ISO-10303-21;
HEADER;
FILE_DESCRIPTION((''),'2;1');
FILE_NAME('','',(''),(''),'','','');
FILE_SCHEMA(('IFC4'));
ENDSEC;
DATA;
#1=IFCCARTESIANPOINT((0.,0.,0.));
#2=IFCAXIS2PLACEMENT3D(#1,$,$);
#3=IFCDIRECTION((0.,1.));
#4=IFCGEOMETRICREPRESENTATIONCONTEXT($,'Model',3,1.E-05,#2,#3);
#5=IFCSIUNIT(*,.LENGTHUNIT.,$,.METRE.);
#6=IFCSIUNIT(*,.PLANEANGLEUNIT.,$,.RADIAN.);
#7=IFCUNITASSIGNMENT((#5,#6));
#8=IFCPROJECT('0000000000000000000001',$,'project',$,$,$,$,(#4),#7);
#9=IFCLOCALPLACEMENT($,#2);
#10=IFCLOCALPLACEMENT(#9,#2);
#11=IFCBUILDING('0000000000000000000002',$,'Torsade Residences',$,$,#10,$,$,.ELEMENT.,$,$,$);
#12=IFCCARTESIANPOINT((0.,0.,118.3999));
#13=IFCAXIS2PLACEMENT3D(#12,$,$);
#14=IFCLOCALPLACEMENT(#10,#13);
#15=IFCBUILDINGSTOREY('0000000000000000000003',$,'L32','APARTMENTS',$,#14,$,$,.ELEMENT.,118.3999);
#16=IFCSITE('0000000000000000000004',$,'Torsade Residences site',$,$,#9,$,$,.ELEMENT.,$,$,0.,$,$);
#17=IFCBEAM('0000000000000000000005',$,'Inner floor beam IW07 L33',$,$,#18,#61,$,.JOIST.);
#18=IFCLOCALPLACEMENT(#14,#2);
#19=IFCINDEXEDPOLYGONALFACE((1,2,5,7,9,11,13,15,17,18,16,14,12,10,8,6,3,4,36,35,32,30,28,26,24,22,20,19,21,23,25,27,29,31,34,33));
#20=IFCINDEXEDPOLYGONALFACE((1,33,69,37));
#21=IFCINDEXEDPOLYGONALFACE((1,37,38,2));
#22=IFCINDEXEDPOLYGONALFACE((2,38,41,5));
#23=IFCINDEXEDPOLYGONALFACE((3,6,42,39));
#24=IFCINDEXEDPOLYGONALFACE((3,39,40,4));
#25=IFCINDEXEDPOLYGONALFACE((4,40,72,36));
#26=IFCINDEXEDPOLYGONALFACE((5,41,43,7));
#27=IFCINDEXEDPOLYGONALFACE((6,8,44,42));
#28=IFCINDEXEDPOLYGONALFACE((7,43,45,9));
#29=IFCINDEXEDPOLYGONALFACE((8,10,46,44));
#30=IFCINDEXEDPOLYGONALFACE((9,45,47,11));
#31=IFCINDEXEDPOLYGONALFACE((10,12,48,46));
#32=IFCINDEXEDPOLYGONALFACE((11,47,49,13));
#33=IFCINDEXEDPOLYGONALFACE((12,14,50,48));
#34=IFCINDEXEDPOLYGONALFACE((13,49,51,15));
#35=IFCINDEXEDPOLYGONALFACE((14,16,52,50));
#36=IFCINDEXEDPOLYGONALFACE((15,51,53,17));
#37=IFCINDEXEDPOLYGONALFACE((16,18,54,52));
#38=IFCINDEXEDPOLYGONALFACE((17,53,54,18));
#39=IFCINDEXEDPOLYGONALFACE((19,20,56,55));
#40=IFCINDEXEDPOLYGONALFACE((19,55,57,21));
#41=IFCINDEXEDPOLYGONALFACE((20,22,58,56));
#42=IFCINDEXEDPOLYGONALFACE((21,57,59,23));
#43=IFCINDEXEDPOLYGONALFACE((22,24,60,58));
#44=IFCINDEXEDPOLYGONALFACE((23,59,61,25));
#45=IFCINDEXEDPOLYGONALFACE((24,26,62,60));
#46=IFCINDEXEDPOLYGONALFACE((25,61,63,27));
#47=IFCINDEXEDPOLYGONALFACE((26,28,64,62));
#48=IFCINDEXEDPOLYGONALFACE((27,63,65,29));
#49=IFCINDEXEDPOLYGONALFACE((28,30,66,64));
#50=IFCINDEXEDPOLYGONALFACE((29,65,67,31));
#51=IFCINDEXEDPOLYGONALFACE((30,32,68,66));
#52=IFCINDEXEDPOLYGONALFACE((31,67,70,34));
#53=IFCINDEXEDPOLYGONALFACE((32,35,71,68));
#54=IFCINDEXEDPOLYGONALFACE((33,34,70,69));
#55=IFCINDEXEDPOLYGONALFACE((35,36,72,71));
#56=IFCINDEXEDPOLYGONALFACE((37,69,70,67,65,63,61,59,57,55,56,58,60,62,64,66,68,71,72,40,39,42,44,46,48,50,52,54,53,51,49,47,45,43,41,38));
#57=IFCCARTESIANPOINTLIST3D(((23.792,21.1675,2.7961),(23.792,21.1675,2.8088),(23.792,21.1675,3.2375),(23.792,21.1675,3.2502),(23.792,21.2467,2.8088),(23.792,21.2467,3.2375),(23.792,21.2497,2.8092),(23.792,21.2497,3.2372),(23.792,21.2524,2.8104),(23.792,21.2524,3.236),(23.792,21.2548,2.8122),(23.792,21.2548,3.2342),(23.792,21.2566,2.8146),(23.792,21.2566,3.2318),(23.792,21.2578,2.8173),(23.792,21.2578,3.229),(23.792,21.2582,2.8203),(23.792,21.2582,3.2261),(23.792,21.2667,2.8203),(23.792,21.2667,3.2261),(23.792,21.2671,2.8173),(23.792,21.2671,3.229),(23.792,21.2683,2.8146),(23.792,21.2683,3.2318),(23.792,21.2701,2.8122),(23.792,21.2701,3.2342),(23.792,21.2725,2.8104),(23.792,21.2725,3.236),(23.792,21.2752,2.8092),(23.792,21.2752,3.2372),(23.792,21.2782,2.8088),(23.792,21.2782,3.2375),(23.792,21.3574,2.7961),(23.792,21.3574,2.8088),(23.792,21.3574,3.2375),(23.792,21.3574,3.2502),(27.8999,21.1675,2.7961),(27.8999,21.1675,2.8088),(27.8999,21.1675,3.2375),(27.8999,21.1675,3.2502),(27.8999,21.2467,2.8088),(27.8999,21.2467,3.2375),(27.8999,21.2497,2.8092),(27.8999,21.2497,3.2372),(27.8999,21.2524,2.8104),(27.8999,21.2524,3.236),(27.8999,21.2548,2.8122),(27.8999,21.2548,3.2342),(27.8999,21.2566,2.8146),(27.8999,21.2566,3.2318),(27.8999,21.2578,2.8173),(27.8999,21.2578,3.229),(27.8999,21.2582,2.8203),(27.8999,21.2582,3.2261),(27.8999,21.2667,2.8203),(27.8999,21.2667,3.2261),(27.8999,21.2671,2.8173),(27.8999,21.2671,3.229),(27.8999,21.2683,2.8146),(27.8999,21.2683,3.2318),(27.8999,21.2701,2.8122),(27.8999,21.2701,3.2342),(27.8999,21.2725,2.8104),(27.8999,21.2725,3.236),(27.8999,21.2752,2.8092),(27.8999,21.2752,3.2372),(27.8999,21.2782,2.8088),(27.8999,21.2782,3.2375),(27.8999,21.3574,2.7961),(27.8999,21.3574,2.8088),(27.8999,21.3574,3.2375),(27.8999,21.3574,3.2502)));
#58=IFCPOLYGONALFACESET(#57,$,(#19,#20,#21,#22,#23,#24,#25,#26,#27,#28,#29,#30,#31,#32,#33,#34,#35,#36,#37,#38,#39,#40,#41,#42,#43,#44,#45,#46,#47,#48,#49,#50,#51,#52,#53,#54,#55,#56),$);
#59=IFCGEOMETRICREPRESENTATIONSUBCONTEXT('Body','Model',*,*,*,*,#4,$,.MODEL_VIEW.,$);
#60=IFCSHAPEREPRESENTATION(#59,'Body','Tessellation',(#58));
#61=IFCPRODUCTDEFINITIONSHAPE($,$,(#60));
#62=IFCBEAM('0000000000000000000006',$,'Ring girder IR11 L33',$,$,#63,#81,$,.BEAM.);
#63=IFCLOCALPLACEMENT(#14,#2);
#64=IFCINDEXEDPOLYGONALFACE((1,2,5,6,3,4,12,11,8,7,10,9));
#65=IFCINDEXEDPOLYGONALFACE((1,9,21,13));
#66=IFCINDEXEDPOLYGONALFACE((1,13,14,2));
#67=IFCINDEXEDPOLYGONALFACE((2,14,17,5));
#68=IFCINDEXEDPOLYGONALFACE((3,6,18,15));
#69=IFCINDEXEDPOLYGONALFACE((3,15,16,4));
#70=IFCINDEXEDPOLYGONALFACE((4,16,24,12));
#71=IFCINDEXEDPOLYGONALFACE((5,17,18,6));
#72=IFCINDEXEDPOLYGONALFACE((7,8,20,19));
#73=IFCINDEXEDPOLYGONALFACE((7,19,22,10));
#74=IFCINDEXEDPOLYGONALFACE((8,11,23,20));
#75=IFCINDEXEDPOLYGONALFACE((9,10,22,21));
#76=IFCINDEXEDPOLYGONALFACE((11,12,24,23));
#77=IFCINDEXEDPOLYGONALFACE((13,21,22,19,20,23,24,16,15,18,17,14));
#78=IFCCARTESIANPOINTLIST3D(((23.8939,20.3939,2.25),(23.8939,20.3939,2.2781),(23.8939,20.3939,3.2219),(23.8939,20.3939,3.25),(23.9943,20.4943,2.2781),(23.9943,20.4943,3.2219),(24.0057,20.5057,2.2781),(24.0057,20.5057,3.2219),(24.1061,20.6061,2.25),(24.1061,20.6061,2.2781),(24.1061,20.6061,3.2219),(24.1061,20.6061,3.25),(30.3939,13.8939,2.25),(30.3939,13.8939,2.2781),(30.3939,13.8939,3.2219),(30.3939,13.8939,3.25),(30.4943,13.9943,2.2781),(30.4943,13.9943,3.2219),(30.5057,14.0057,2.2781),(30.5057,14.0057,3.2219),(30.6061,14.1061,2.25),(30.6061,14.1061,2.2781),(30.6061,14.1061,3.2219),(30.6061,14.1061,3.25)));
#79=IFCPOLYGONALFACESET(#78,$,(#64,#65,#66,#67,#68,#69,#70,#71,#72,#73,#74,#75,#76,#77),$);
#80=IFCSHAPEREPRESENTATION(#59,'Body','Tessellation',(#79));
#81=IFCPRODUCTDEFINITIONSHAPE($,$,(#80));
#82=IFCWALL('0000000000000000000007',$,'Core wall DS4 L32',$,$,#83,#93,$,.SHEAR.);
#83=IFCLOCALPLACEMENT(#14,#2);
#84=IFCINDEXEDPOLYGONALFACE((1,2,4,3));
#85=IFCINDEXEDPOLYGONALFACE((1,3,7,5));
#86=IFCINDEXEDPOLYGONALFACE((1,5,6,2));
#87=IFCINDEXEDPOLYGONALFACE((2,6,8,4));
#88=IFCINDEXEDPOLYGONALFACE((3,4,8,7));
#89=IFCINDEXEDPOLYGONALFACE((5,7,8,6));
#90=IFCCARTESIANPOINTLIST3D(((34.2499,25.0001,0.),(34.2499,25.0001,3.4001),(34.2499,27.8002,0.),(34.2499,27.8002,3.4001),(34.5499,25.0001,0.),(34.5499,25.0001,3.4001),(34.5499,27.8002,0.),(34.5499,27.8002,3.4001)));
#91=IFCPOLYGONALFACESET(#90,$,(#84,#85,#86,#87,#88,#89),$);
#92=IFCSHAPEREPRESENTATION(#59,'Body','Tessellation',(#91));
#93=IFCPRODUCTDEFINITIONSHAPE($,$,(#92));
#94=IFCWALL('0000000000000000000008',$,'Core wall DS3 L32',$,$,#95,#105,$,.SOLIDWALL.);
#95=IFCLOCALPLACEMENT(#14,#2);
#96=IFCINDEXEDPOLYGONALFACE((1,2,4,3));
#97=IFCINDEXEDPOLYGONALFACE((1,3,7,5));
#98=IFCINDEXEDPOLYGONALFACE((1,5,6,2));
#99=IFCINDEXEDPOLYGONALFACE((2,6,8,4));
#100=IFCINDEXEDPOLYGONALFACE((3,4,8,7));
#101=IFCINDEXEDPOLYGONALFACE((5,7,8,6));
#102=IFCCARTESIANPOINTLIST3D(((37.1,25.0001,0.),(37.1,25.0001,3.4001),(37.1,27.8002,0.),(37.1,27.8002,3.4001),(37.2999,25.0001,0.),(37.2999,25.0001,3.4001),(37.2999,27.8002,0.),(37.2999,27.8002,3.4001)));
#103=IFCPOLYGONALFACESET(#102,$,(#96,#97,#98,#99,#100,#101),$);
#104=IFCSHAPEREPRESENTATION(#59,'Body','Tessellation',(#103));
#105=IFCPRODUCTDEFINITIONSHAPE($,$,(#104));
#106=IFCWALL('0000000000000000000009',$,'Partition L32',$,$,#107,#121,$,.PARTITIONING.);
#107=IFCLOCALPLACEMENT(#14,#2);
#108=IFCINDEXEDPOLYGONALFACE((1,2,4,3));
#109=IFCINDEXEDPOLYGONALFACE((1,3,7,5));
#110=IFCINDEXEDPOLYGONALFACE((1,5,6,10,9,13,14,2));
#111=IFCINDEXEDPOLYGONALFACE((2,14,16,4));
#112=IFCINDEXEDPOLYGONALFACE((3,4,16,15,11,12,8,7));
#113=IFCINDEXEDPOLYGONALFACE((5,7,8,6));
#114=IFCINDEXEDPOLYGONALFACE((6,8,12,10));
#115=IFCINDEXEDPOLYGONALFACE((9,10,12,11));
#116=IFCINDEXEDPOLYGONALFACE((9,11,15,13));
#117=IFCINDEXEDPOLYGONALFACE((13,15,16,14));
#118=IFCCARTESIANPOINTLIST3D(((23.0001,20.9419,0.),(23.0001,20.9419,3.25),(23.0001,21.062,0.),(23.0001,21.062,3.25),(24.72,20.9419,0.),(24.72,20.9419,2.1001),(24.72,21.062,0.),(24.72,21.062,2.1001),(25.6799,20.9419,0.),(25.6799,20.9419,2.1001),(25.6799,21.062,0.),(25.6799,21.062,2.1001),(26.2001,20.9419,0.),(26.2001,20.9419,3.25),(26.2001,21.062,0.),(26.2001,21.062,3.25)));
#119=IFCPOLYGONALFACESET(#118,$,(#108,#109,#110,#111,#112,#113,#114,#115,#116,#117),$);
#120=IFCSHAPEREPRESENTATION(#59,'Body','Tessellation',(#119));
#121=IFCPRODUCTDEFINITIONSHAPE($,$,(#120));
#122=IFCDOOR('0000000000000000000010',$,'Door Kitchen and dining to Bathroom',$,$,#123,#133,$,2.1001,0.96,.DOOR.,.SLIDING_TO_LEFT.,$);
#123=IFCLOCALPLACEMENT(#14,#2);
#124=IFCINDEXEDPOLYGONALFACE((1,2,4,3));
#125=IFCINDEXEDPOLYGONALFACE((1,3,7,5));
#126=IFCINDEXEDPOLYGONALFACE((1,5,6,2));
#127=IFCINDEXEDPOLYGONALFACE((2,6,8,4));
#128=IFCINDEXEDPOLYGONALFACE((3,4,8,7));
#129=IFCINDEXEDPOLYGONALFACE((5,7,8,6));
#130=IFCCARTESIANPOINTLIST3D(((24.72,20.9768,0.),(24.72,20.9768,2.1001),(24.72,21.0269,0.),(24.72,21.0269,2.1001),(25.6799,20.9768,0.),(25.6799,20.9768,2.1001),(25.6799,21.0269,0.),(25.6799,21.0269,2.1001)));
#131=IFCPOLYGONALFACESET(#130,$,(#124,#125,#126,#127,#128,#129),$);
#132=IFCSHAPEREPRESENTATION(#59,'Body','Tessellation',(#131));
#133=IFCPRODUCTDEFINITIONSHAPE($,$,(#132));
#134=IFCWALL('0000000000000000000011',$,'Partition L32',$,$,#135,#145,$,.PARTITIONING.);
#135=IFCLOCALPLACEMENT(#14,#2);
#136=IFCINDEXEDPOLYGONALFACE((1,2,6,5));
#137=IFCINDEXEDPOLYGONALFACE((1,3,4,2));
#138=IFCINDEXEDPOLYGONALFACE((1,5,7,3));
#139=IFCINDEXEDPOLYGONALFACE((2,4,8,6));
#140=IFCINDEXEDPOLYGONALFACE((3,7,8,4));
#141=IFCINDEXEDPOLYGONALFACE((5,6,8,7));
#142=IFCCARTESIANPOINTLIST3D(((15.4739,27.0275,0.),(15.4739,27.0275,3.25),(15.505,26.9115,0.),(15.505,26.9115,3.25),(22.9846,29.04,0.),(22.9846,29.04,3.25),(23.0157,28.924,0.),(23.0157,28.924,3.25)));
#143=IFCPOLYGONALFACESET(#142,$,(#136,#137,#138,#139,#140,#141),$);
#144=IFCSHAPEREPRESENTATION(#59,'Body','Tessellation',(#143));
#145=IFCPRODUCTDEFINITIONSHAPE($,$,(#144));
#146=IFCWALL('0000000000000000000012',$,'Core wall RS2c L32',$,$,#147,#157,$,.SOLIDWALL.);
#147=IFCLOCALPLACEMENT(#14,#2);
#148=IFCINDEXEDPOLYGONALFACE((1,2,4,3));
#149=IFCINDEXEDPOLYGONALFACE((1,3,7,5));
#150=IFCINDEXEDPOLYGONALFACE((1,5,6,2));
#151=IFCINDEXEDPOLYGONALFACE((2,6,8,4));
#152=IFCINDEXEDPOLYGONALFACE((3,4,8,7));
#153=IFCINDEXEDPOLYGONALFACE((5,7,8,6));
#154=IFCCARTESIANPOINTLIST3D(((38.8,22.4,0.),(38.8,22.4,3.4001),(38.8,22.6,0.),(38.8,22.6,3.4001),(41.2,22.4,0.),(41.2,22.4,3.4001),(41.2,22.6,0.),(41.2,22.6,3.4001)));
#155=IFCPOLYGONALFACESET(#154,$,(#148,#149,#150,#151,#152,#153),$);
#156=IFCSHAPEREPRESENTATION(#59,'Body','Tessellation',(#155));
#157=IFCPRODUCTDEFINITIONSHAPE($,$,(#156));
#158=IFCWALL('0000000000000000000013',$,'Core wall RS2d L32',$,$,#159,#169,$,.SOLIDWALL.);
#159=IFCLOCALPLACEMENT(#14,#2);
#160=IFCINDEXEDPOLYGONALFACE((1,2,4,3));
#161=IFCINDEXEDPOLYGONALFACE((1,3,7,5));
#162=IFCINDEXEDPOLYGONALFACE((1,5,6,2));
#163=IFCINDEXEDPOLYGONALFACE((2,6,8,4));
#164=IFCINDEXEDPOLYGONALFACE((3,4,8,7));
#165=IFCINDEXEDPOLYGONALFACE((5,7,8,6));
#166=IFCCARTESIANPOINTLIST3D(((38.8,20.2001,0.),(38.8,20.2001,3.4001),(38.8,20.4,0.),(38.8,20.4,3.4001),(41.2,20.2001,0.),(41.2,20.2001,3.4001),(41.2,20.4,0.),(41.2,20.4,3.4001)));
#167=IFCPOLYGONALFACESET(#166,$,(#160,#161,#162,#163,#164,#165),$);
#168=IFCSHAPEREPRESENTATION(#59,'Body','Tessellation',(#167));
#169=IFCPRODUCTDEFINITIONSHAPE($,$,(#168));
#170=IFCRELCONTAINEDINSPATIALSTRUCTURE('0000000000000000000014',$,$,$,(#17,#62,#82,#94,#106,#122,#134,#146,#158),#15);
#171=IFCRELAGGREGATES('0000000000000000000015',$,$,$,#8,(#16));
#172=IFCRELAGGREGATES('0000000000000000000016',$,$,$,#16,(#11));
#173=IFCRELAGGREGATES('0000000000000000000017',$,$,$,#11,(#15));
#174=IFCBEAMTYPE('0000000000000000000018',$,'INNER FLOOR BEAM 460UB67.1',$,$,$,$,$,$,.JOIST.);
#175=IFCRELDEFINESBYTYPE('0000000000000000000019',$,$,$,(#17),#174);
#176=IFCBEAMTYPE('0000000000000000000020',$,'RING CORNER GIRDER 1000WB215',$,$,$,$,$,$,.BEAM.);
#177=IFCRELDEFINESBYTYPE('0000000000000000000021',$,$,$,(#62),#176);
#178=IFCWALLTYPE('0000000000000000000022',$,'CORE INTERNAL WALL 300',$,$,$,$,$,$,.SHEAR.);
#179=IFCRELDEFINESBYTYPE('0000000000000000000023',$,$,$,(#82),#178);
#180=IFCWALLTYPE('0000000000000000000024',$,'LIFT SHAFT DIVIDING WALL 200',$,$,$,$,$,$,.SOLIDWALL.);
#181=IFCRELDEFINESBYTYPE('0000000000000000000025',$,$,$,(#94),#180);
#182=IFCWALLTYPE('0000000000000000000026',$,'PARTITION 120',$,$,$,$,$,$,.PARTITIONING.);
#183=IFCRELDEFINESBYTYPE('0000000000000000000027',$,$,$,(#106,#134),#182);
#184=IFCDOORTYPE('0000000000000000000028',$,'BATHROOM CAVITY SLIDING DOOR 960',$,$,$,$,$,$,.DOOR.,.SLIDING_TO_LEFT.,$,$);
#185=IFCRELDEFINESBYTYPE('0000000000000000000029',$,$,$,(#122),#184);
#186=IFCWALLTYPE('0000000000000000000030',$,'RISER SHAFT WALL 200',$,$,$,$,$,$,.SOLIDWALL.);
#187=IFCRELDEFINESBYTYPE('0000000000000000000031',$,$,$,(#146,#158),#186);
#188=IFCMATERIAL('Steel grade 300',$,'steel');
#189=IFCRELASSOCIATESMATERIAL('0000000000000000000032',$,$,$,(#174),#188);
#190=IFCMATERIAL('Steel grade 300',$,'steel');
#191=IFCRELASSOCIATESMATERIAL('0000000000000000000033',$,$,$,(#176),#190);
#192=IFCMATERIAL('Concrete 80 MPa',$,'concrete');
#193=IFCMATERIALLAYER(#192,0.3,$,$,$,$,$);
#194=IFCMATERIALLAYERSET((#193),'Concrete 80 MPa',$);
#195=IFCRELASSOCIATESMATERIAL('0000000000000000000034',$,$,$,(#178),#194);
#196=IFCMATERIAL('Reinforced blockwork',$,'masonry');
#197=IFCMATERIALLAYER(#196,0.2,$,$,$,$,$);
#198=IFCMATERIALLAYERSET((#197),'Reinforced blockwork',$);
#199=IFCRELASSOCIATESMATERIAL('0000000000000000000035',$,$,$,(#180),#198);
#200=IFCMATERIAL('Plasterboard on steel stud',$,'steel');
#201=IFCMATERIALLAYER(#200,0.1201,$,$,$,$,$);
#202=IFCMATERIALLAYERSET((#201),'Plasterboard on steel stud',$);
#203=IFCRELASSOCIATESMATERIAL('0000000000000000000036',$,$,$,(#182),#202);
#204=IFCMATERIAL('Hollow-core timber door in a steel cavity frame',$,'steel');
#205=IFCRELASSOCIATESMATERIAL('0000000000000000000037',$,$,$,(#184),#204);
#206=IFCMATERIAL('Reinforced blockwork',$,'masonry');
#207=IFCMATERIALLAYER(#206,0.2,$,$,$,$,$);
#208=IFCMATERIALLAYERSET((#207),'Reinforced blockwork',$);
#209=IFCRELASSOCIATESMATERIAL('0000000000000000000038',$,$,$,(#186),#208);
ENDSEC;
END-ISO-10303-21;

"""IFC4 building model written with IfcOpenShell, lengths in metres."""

from ifc_helpers import new_model, si_unit, direction, frame, frame_2d, origin, origin_2d, place, context, subcontext, project, spatial, rectangle, i_section, extrude, material, layer, layer_set, material_profile, profile_set, type_object, element, fill, save


model = new_model("IFC4")

# Units and contexts
model_context = context("Model", 3, precision=1e-05, world=origin(), true_north=direction((0.0, 1.0)))
body_context = subcontext(model_context, "Body", "Model", "MODEL_VIEW")
ifc_project = project(units=[si_unit("LENGTHUNIT", "METRE"), si_unit("PLANEANGLEUNIT", "RADIAN")], contexts=[model_context])

# Site, building, storey
site_placement = place(None, origin())
site = spatial("IfcSite", under=ifc_project, at=site_placement, Name="Torsade Residences site", CompositionType="ELEMENT", RefElevation=0.0)
building_placement = place(site_placement, origin())
building = spatial("IfcBuilding", under=site, at=building_placement, Name="Torsade Residences", CompositionType="ELEMENT")
storey_placement = place(building_placement, frame((0.0, 0.0, 118.3999)))
storey = spatial("IfcBuildingStorey", under=building, at=storey_placement, Name="L32", Description="APARTMENTS", CompositionType="ELEMENT", Elevation=118.3999)

# Beams
ifc_material_1 = material(Name="Steel grade 300", Category="steel")
ifc_material_profile_1 = material_profile(ifc_material_1, i_section(OverallWidth=0.1899, OverallDepth=0.4541, WebThickness=0.0085, FlangeThickness=0.0127, FilletRadius=0.0115, at=origin_2d()), Name="460UB67.1")
ifc_profile_set_1 = profile_set([ifc_material_profile_1], Name="Steel grade 300")
beam_type_1 = type_object("IfcBeamType", Name="INNER FLOOR BEAM 460UB67.1", PredefinedType="JOIST", material=ifc_profile_set_1)
beam_1_placement = place(storey_placement, frame((27.8999, 21.2625, 3.0232), z_axis=(-1.0, 0.0, 0.0), x_axis=(0.0, -1.0, 0.0)))
element("IfcBeam", 1, at=beam_1_placement, inside=storey, type_object=beam_type_1, Name="Inner floor beam IW07 L33", PredefinedType="JOIST", context=body_context, shape_type="SweptSolid", body=[
    extrude(i_section(OverallWidth=0.1899, OverallDepth=0.4541, WebThickness=0.0085, FlangeThickness=0.0127, FilletRadius=0.0115, at=origin_2d()), origin(), (0.0, 0.0, 1.0), 4.1079),
])
ifc_material_2 = material(Name="Steel grade 300", Category="steel")
ifc_material_profile_2 = material_profile(ifc_material_2, i_section(OverallWidth=0.3, OverallDepth=1.0, WebThickness=0.0161, FlangeThickness=0.0281, at=origin_2d()), Name="1000WB215")
ifc_profile_set_2 = profile_set([ifc_material_profile_2], Name="Steel grade 300")
beam_type_2 = type_object("IfcBeamType", Name="RING CORNER GIRDER 1000WB215", PredefinedType="BEAM", material=ifc_profile_set_2)
beam_2_placement = place(storey_placement, frame((24.0, 20.5, 2.75), z_axis=(0.707107, -0.707107, 0.0), x_axis=(0.707107, 0.707107, 0.0)))
element("IfcBeam", 2, at=beam_2_placement, inside=storey, type_object=beam_type_2, Name="Ring girder IR11 L33", PredefinedType="BEAM", context=body_context, shape_type="SweptSolid", body=[
    extrude(i_section(OverallWidth=0.3, OverallDepth=1.0, WebThickness=0.0161, FlangeThickness=0.0281, at=origin_2d()), origin(), (0.0, 0.0, 1.0), 9.1924),
])

# Walls
ifc_material_3 = material(Name="Concrete 80 MPa", Category="concrete")
ifc_layer_1 = layer(ifc_material_3, 0.3)
ifc_layer_set_1 = layer_set([ifc_layer_1], Name="Concrete 80 MPa")
wall_type_1 = type_object("IfcWallType", Name="CORE INTERNAL WALL 300", PredefinedType="SHEAR", material=ifc_layer_set_1)
wall_1_placement = place(storey_placement, frame((34.3999, 27.8, 0.0), z_axis=(0.0, 0.0, 1.0), x_axis=(0.0, -1.0, 0.0)))
element("IfcWall", 3, at=wall_1_placement, inside=storey, type_object=wall_type_1, Name="Core wall DS4 L32", PredefinedType="SHEAR", context=body_context, shape_type="SweptSolid", body=[
    extrude(rectangle(XDim=2.8, YDim=0.3, at=frame_2d((1.3999, 0.0))), origin(), (0.0, 0.0, 1.0), 3.4001),
])
ifc_material_4 = material(Name="Reinforced blockwork", Category="masonry")
ifc_layer_2 = layer(ifc_material_4, 0.2)
ifc_layer_set_2 = layer_set([ifc_layer_2], Name="Reinforced blockwork")
wall_type_2 = type_object("IfcWallType", Name="LIFT SHAFT DIVIDING WALL 200", PredefinedType="SOLIDWALL", material=ifc_layer_set_2)
wall_2_placement = place(storey_placement, frame((37.2, 27.8, 0.0), z_axis=(0.0, 0.0, 1.0), x_axis=(0.0, -1.0, 0.0)))
element("IfcWall", 4, at=wall_2_placement, inside=storey, type_object=wall_type_2, Name="Core wall DS3 L32", PredefinedType="SOLIDWALL", context=body_context, shape_type="SweptSolid", body=[
    extrude(rectangle(XDim=2.8, YDim=0.2, at=frame_2d((1.3999, 0.0))), origin(), (0.0, 0.0, 1.0), 3.4001),
])

# Wall, opening, door
ifc_material_5 = material(Name="Plasterboard on steel stud", Category="steel")
ifc_layer_3 = layer(ifc_material_5, 0.1201)
ifc_layer_set_3 = layer_set([ifc_layer_3], Name="Plasterboard on steel stud")
wall_type_3 = type_object("IfcWallType", Name="PARTITION 120", PredefinedType="PARTITIONING", material=ifc_layer_set_3)
wall_3_placement = place(storey_placement, frame((23.0, 21.002, 0.0), z_axis=(0.0, 0.0, 1.0), x_axis=(1.0, 0.0, 0.0)))
wall_3 = element("IfcWall", 5, at=wall_3_placement, inside=storey, type_object=wall_type_3, Name="Partition L32", PredefinedType="PARTITIONING", context=body_context, shape_type="SweptSolid", body=[
    extrude(rectangle(XDim=3.2, YDim=0.1201, at=frame_2d((1.6001, 0.0))), origin(), (0.0, 0.0, 1.0), 3.25),
])
opening_placement = place(wall_3_placement, frame((1.72, 0.0, 0.0)))
opening = element("IfcOpeningElement", 6, at=opening_placement, cuts=wall_3, PredefinedType="OPENING", context=body_context, shape_type="SweptSolid", body=[
    extrude(rectangle(XDim=0.96, YDim=2.1001, at=frame_2d((0.48, 1.05))), frame((0.0, 0.0701, 0.0), z_axis=(0.0, -1.0, 0.0), x_axis=(1.0, 0.0, 0.0)), (0.0, 0.0, 1.0), 0.1401),
])
ifc_material_6 = material(Name="Hollow-core timber door in a steel cavity frame", Category="steel")
door_type = type_object("IfcDoorType", Name="BATHROOM CAVITY SLIDING DOOR 960", OperationType="SLIDING_TO_LEFT", PredefinedType="DOOR", material=ifc_material_6)
door_placement = place(opening_placement, origin())
door = element("IfcDoor", 7, at=door_placement, inside=storey, type_object=door_type, Name="Door Kitchen and dining to Bathroom", OperationType="SLIDING_TO_LEFT", OverallHeight=2.1001, OverallWidth=0.96, PredefinedType="DOOR", context=body_context, shape_type="SweptSolid", body=[
    extrude(rectangle(XDim=0.96, YDim=2.1001, at=frame_2d((0.48, 1.05))), frame((0.0, 0.0249, 0.0), z_axis=(0.0, -1.0, 0.0), x_axis=(1.0, 0.0, 0.0)), (0.0, 0.0, 1.0), 0.05),
])
fill(opening, door)

# Walls
wall_4_placement = place(storey_placement, frame((23.0, 28.9819, 0.0), z_axis=(0.0, 0.0, 1.0), x_axis=(-0.965927, -0.258814, 0.0)))
element("IfcWall", 8, at=wall_4_placement, inside=storey, type_object=wall_type_3, Name="Partition L32", PredefinedType="PARTITIONING", context=body_context, shape_type="SweptSolid", body=[
    extrude(rectangle(XDim=7.7756, YDim=0.1201, at=frame_2d((3.8877, 0.0))), origin(), (0.0, 0.0, 1.0), 3.25),
])
ifc_material_7 = material(Name="Reinforced blockwork", Category="masonry")
ifc_layer_4 = layer(ifc_material_7, 0.2)
ifc_layer_set_4 = layer_set([ifc_layer_4], Name="Reinforced blockwork")
wall_type_4 = type_object("IfcWallType", Name="RISER SHAFT WALL 200", PredefinedType="SOLIDWALL", material=ifc_layer_set_4)
for number, where, z_axis, x_axis, name in (
    (9, (38.8, 22.5, 0.0), (0.0, 0.0, 1.0), (1.0, 0.0, 0.0), "Core wall RS2c L32"),
    (10, (38.8, 20.3, 0.0), (0.0, 0.0, 1.0), (1.0, 0.0, 0.0), "Core wall RS2d L32"),
):
    element("IfcWall", number, at=place(storey_placement, frame(where, z_axis=z_axis, x_axis=x_axis)), inside=storey, type_object=wall_type_4, Name=name, PredefinedType="SOLIDWALL", context=body_context, shape_type="SweptSolid", body=[
        extrude(rectangle(XDim=2.3999, YDim=0.2, at=frame_2d((1.2, 0.0))), origin(), (0.0, 0.0, 1.0), 3.4001),
    ])

save(model, "model.ifc")
